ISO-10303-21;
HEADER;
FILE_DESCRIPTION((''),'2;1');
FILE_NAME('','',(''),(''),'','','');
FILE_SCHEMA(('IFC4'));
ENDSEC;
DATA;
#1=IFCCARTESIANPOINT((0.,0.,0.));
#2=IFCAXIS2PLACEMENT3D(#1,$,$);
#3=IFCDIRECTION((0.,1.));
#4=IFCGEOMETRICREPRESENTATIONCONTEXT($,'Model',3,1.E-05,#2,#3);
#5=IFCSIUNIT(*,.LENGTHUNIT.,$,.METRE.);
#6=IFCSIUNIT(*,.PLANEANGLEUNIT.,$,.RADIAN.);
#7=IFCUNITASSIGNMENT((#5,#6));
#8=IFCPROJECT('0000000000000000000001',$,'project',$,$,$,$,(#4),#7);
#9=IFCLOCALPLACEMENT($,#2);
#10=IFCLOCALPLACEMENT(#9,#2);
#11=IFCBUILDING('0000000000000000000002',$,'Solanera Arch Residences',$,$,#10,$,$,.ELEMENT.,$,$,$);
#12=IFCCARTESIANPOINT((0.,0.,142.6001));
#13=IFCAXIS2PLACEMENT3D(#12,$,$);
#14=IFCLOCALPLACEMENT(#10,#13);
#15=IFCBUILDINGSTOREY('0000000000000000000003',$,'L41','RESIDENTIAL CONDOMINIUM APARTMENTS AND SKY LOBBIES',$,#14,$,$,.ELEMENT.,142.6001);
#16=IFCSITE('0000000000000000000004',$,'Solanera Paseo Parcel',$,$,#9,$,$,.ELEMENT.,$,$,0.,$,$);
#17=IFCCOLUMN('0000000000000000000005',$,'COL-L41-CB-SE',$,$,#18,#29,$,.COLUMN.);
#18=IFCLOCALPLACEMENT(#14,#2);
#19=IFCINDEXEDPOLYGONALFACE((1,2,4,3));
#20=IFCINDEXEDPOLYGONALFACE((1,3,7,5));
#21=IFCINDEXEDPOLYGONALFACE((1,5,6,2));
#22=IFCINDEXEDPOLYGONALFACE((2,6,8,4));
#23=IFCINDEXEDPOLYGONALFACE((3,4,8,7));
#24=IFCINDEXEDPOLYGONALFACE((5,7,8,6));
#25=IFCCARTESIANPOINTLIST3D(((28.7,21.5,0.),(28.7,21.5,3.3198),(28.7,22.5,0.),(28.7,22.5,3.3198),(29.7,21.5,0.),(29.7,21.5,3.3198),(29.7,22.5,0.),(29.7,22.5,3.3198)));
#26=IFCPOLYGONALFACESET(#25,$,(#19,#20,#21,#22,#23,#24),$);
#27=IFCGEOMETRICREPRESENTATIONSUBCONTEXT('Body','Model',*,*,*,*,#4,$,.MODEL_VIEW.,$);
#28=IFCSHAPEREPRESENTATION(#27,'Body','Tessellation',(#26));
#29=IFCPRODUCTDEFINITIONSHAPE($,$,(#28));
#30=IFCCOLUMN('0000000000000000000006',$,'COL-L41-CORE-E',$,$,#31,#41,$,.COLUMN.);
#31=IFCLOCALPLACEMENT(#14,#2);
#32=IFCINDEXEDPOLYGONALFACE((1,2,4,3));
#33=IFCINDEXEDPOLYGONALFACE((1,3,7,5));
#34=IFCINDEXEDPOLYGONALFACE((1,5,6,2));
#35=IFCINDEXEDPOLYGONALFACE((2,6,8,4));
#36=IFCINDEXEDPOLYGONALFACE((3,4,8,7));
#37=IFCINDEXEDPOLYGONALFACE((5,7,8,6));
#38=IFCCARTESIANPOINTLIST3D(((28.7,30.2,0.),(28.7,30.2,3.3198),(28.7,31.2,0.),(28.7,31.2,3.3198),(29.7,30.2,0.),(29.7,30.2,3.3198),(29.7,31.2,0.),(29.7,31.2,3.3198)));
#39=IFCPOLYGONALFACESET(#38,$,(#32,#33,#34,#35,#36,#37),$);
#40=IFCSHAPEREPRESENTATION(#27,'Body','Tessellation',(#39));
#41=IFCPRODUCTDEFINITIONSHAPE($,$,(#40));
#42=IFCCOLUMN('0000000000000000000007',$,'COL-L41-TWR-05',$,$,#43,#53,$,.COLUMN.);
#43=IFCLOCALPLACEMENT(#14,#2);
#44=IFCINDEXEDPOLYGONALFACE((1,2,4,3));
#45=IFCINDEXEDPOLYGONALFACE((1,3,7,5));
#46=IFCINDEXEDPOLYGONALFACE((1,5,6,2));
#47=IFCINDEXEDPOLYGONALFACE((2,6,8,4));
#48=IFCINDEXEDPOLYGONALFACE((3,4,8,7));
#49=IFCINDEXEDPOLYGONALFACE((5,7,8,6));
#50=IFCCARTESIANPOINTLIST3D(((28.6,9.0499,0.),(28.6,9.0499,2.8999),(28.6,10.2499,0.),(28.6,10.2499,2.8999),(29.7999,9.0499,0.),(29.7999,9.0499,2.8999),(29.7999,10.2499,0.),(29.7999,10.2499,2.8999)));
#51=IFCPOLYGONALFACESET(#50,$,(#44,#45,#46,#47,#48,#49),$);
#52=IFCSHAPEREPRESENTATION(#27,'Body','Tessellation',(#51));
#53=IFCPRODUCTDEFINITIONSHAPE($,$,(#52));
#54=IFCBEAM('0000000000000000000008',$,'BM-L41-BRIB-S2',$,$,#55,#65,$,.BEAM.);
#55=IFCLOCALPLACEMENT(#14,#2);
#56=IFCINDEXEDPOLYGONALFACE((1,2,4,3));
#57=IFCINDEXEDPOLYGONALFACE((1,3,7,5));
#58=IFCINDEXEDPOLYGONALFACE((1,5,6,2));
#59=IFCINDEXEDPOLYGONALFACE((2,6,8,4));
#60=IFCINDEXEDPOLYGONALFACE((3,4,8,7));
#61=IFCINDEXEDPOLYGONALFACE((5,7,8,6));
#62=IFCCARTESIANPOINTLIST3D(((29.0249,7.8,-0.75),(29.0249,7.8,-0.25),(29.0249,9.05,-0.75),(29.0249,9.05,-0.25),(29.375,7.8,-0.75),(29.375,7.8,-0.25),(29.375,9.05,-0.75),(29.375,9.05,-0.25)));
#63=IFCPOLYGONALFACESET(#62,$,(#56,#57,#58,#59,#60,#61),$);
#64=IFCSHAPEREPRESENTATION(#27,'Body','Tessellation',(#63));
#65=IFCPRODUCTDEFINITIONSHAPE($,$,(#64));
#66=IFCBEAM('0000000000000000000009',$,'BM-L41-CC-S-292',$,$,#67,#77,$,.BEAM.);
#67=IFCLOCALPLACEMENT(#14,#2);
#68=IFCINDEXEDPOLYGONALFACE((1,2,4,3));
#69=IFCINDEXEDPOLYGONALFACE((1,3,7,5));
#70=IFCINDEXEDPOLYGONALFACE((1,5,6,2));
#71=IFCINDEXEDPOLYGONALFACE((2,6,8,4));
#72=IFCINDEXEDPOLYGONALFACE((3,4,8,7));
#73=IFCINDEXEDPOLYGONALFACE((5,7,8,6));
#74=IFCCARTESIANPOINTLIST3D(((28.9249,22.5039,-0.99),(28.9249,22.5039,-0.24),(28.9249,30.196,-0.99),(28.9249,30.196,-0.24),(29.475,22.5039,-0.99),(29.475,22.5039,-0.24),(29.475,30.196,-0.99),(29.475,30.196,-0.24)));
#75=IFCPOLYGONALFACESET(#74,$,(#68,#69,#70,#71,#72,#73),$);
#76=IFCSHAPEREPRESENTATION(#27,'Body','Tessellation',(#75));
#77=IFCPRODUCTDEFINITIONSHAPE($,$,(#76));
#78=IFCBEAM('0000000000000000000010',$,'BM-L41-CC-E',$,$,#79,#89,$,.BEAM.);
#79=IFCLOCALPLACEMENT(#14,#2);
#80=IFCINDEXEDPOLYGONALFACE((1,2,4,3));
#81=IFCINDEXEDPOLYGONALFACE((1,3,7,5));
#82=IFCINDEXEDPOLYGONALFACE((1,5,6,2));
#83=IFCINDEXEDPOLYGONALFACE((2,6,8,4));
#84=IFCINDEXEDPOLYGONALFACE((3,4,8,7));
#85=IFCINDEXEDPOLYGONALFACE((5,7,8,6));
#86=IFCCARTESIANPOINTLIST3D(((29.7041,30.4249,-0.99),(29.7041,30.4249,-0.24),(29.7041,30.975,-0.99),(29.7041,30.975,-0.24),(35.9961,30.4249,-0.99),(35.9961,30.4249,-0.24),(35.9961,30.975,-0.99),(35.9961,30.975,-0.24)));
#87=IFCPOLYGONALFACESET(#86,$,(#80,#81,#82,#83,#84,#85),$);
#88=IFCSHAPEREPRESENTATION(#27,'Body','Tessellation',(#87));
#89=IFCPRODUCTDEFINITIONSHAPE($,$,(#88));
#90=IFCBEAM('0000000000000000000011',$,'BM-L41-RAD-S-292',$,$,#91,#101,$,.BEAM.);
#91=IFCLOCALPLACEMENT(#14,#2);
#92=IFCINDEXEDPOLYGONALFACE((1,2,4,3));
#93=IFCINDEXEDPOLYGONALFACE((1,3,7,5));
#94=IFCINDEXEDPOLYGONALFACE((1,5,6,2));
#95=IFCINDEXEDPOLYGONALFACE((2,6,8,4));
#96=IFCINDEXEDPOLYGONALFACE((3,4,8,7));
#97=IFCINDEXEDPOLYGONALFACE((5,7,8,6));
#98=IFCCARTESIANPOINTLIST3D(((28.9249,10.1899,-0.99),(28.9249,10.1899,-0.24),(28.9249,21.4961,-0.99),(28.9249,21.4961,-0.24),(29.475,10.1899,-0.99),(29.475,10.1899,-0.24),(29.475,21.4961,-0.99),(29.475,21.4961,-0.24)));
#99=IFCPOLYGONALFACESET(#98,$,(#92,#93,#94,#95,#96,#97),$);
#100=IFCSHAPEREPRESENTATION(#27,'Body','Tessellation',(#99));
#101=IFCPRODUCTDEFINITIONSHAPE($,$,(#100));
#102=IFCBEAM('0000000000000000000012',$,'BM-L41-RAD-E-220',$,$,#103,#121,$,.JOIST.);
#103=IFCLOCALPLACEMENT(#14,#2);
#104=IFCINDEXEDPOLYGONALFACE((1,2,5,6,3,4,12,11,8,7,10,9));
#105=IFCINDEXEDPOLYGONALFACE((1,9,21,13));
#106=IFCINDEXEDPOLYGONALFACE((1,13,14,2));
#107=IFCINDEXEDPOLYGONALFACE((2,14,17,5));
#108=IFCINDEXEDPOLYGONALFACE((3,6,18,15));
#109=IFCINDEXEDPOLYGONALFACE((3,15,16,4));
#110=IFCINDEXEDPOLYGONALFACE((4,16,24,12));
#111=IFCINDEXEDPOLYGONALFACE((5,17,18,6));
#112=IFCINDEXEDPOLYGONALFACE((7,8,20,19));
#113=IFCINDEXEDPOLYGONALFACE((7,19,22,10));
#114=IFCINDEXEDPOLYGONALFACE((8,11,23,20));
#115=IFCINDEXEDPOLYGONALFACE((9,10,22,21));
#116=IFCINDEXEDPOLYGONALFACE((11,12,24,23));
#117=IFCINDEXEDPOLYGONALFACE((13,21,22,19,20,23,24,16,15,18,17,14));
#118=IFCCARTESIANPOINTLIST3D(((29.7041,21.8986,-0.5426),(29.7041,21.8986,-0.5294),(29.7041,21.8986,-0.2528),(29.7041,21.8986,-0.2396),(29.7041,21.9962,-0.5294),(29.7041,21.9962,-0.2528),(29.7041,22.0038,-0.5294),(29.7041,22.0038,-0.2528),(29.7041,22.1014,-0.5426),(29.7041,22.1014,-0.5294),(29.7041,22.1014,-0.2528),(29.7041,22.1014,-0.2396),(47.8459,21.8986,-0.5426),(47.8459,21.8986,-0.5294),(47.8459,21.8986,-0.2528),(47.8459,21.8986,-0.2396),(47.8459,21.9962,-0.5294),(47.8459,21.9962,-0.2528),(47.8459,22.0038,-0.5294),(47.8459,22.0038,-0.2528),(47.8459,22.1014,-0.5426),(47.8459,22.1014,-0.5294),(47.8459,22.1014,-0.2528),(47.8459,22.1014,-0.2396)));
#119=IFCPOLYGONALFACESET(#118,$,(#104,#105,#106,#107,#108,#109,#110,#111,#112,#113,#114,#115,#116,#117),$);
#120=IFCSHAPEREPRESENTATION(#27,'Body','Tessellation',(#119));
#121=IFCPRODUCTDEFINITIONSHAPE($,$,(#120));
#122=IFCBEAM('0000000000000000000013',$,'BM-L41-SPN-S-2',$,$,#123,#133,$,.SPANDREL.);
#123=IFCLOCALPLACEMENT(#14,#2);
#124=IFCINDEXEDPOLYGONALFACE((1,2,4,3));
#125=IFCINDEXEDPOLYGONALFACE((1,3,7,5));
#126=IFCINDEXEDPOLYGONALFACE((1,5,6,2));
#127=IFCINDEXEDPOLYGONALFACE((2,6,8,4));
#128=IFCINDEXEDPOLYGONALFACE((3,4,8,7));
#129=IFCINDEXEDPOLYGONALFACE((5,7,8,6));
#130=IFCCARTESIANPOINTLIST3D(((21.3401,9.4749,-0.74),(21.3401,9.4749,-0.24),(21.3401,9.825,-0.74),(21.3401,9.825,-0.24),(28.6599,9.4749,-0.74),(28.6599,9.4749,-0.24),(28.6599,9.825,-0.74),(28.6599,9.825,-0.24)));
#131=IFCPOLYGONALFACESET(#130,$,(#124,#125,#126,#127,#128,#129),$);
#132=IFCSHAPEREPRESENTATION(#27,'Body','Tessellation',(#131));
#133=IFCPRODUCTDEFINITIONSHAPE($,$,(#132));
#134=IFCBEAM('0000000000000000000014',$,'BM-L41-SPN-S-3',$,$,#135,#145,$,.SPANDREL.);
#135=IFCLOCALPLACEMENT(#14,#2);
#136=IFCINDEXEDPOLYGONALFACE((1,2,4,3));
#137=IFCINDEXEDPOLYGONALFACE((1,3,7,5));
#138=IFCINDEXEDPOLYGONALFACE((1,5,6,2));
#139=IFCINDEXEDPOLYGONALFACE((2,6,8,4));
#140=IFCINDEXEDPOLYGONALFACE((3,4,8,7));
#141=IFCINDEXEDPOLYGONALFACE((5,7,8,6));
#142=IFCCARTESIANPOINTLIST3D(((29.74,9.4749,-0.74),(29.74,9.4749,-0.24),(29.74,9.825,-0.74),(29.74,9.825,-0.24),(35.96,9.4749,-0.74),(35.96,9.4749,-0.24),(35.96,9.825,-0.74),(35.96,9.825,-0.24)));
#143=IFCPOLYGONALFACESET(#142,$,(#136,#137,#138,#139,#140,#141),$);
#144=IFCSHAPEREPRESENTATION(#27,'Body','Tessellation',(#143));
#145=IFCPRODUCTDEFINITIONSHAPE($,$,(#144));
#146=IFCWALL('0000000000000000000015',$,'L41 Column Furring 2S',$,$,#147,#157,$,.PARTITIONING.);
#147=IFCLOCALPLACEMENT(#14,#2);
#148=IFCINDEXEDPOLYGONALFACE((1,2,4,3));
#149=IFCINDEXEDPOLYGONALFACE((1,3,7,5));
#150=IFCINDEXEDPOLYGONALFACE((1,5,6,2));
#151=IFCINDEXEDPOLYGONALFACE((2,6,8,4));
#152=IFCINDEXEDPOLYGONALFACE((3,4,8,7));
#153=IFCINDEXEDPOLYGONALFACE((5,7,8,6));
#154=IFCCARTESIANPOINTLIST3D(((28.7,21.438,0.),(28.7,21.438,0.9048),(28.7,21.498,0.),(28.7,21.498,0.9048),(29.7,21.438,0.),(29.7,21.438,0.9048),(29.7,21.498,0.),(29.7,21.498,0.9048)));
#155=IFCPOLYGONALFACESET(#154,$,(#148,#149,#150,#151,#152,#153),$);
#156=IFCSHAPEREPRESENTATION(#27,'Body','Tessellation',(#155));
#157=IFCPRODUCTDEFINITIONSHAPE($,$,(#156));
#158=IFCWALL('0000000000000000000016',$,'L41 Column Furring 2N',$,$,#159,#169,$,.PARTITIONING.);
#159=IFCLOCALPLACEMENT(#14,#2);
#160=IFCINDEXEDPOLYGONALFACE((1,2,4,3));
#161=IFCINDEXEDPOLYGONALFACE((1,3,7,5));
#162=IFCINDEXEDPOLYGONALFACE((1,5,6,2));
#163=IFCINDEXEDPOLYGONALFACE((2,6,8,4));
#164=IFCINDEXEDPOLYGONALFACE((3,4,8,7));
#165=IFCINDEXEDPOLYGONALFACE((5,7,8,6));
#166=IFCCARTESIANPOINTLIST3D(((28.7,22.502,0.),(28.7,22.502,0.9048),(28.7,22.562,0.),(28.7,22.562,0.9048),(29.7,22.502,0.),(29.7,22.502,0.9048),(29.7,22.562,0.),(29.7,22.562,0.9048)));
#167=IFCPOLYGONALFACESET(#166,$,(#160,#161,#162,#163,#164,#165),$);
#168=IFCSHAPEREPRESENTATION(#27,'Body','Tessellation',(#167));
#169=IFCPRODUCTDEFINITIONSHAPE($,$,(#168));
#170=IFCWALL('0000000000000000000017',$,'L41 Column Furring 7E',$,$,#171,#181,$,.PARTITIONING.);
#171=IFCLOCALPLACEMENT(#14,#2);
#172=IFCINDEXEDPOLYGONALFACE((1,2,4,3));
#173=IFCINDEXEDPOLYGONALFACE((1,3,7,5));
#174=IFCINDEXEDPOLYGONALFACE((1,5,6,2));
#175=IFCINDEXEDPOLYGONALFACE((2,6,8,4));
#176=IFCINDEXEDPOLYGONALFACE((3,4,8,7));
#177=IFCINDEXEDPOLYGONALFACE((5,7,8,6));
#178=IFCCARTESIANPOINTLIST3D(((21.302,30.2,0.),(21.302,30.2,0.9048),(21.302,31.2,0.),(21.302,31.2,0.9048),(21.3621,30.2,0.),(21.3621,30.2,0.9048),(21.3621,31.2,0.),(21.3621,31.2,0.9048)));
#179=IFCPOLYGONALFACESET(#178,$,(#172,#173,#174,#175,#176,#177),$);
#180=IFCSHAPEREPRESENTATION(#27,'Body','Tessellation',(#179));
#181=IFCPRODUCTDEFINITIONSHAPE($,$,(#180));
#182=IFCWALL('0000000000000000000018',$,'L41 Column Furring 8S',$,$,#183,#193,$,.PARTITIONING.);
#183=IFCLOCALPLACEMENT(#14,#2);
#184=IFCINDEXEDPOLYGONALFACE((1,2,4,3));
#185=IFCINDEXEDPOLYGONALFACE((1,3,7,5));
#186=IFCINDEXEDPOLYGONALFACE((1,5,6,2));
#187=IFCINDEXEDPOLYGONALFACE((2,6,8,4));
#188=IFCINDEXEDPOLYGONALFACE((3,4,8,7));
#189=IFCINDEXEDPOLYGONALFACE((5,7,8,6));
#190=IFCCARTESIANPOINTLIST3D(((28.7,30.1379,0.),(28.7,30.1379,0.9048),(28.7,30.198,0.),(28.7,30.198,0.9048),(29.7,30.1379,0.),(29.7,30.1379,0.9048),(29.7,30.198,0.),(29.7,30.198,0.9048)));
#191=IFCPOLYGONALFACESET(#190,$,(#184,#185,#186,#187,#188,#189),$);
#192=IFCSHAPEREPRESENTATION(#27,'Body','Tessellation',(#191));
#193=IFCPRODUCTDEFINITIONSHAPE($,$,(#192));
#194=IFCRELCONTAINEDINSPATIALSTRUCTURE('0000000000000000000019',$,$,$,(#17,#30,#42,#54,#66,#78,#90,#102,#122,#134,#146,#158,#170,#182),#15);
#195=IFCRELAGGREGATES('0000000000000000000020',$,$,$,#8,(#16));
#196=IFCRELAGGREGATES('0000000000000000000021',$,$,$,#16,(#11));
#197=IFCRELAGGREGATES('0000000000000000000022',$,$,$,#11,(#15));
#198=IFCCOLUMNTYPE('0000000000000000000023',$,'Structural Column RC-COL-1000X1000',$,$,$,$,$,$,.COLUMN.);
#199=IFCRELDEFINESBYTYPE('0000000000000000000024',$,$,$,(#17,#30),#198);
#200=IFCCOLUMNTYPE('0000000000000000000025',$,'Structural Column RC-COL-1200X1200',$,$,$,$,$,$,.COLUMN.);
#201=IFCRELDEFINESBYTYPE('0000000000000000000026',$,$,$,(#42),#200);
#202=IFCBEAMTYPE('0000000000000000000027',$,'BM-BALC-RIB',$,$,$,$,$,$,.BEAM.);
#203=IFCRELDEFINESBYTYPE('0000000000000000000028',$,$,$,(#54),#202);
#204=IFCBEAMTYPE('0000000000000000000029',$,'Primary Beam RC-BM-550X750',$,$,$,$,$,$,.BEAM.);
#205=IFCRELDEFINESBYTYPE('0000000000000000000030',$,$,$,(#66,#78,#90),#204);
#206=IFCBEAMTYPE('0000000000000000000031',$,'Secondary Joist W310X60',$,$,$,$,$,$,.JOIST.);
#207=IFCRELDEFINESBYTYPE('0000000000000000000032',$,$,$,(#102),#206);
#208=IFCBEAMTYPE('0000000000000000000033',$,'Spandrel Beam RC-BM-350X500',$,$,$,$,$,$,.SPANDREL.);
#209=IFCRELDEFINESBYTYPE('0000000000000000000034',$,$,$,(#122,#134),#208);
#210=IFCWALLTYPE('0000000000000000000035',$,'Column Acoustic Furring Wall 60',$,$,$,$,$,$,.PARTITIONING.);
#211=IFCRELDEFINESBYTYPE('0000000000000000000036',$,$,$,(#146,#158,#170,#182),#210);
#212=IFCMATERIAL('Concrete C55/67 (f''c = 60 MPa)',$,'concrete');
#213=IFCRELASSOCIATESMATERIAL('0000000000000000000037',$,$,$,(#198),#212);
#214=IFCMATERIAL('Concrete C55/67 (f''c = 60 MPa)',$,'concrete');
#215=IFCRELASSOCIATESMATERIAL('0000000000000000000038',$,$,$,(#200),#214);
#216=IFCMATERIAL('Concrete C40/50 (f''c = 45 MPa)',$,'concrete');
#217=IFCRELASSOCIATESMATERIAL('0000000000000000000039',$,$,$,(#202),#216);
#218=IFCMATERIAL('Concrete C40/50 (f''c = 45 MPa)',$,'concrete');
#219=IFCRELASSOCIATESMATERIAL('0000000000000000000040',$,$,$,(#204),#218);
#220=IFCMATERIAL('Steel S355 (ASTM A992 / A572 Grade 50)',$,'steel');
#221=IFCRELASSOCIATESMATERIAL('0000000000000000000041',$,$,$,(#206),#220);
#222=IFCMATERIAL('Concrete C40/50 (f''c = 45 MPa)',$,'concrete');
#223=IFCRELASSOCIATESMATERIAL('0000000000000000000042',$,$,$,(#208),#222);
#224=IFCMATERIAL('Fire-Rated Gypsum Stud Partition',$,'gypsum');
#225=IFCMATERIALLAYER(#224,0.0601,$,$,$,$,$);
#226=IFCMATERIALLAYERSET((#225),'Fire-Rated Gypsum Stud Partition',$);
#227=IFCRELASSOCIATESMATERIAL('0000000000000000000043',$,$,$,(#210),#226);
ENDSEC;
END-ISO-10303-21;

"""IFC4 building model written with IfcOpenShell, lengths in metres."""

from ifc_helpers import new_model, si_unit, direction, frame, frame_2d, origin, origin_2d, place, context, subcontext, project, spatial, rectangle, i_section, extrude, material, layer, layer_set, material_profile, profile_set, type_object, element, save


model = new_model("IFC4")

# Units and contexts
model_context = context("Model", 3, precision=1e-05, world=origin(), true_north=direction((0.0, 1.0)))
body_context = subcontext(model_context, "Body", "Model", "MODEL_VIEW")
ifc_project = project(units=[si_unit("LENGTHUNIT", "METRE"), si_unit("PLANEANGLEUNIT", "RADIAN")], contexts=[model_context])

# Site, building, storey
site_placement = place(None, origin())
site = spatial("IfcSite", under=ifc_project, at=site_placement, Name="Solanera Paseo Parcel", CompositionType="ELEMENT", RefElevation=0.0)
building_placement = place(site_placement, origin())
building = spatial("IfcBuilding", under=site, at=building_placement, Name="Solanera Arch Residences", CompositionType="ELEMENT")
storey_placement = place(building_placement, frame((0.0, 0.0, 142.6001)))
storey = spatial("IfcBuildingStorey", under=building, at=storey_placement, Name="L41", Description="RESIDENTIAL CONDOMINIUM APARTMENTS AND SKY LOBBIES", CompositionType="ELEMENT", Elevation=142.6001)

# Columns
ifc_material_1 = material(Name="Concrete C55/67 (f'c = 60 MPa)", Category="concrete")
ifc_material_profile_1 = material_profile(ifc_material_1, rectangle(XDim=1.0, YDim=1.0, at=origin_2d()))
ifc_profile_set_1 = profile_set([ifc_material_profile_1], Name="Concrete C55/67 (f'c = 60 MPa)")
column_type_1 = type_object("IfcColumnType", Name="Structural Column RC-COL-1000X1000", PredefinedType="COLUMN", material=ifc_profile_set_1)
for number, where, z_axis, x_axis, name in (
    (1, (29.2, 22.0, 0.0), (0.0, 0.0, 1.0), (1.0, 0.0, 0.0), "COL-L41-CB-SE"),
    (2, (29.2, 30.7, 0.0), (0.0, 0.0, 1.0), (1.0, 0.0, 0.0), "COL-L41-CORE-E"),
):
    element("IfcColumn", number, at=place(storey_placement, frame(where, z_axis=z_axis, x_axis=x_axis)), inside=storey, type_object=column_type_1, Name=name, PredefinedType="COLUMN", context=body_context, shape_type="SweptSolid", body=[
        extrude(rectangle(XDim=1.0, YDim=1.0, at=origin_2d()), origin(), (0.0, 0.0, 1.0), 3.3198),
    ])
ifc_material_2 = material(Name="Concrete C55/67 (f'c = 60 MPa)", Category="concrete")
ifc_material_profile_2 = material_profile(ifc_material_2, rectangle(XDim=1.2, YDim=1.2, at=origin_2d()))
ifc_profile_set_2 = profile_set([ifc_material_profile_2], Name="Concrete C55/67 (f'c = 60 MPa)")
column_type_2 = type_object("IfcColumnType", Name="Structural Column RC-COL-1200X1200", PredefinedType="COLUMN", material=ifc_profile_set_2)
column_placement = place(storey_placement, frame((29.2, 9.6499, 0.0), z_axis=(0.0, 0.0, 1.0), x_axis=(1.0, 0.0, 0.0)))
element("IfcColumn", 3, at=column_placement, inside=storey, type_object=column_type_2, Name="COL-L41-TWR-05", PredefinedType="COLUMN", context=body_context, shape_type="SweptSolid", body=[
    extrude(rectangle(XDim=1.2, YDim=1.2, at=origin_2d()), origin(), (0.0, 0.0, 1.0), 2.8999),
])

# Beams
ifc_material_3 = material(Name="Concrete C40/50 (f'c = 45 MPa)", Category="concrete")
ifc_material_profile_3 = material_profile(ifc_material_3, rectangle(XDim=0.3501, YDim=0.5, at=origin_2d()))
ifc_profile_set_3 = profile_set([ifc_material_profile_3], Name="Concrete C40/50 (f'c = 45 MPa)")
beam_type_1 = type_object("IfcBeamType", Name="BM-BALC-RIB", PredefinedType="BEAM", material=ifc_profile_set_3)
beam_1_placement = place(storey_placement, frame((29.2, 7.8, -0.5), z_axis=(0.0, 1.0, 0.0), x_axis=(-1.0, 0.0, 0.0)))
element("IfcBeam", 4, at=beam_1_placement, inside=storey, type_object=beam_type_1, Name="BM-L41-BRIB-S2", PredefinedType="BEAM", context=body_context, shape_type="SweptSolid", body=[
    extrude(rectangle(XDim=0.3501, YDim=0.5, at=origin_2d()), origin(), (0.0, 0.0, 1.0), 1.25),
])
ifc_material_4 = material(Name="Concrete C40/50 (f'c = 45 MPa)", Category="concrete")
ifc_material_profile_4 = material_profile(ifc_material_4, rectangle(XDim=0.55, YDim=0.75, at=origin_2d()))
ifc_profile_set_4 = profile_set([ifc_material_profile_4], Name="Concrete C40/50 (f'c = 45 MPa)")
beam_type_2 = type_object("IfcBeamType", Name="Primary Beam RC-BM-550X750", PredefinedType="BEAM", material=ifc_profile_set_4)
beam_2_placement = place(storey_placement, frame((29.2, 22.5039, -0.615), z_axis=(0.0, 1.0, 0.0), x_axis=(-1.0, 0.0, 0.0)))
element("IfcBeam", 5, at=beam_2_placement, inside=storey, type_object=beam_type_2, Name="BM-L41-CC-S-292", PredefinedType="BEAM", context=body_context, shape_type="SweptSolid", body=[
    extrude(rectangle(XDim=0.55, YDim=0.75, at=origin_2d()), origin(), (0.0, 0.0, 1.0), 7.6921),
])
beam_3_placement = place(storey_placement, frame((29.7041, 30.7, -0.615), z_axis=(1.0, 0.0, 0.0), x_axis=(0.0, 1.0, 0.0)))
element("IfcBeam", 6, at=beam_3_placement, inside=storey, type_object=beam_type_2, Name="BM-L41-CC-E", PredefinedType="BEAM", context=body_context, shape_type="SweptSolid", body=[
    extrude(rectangle(XDim=0.55, YDim=0.75, at=origin_2d()), origin(), (0.0, 0.0, 1.0), 6.292),
])
beam_4_placement = place(storey_placement, frame((29.2, 10.1899, -0.615), z_axis=(0.0, 1.0, 0.0), x_axis=(-1.0, 0.0, 0.0)))
element("IfcBeam", 7, at=beam_4_placement, inside=storey, type_object=beam_type_2, Name="BM-L41-RAD-S-292", PredefinedType="BEAM", context=body_context, shape_type="SweptSolid", body=[
    extrude(rectangle(XDim=0.55, YDim=0.75, at=origin_2d()), origin(), (0.0, 0.0, 1.0), 11.3062),
])
ifc_material_5 = material(Name="Steel S355 (ASTM A992 / A572 Grade 50)", Category="steel")
ifc_material_profile_5 = material_profile(ifc_material_5, i_section(OverallWidth=0.2029, OverallDepth=0.303, WebThickness=0.0076, FlangeThickness=0.0132, at=origin_2d()))
ifc_profile_set_5 = profile_set([ifc_material_profile_5], Name="Steel S355 (ASTM A992 / A572 Grade 50)")
beam_type_3 = type_object("IfcBeamType", Name="Secondary Joist W310X60", PredefinedType="JOIST", material=ifc_profile_set_5)
beam_5_placement = place(storey_placement, frame((29.7041, 22.0, -0.3911), z_axis=(1.0, 0.0, 0.0), x_axis=(0.0, 1.0, 0.0)))
element("IfcBeam", 8, at=beam_5_placement, inside=storey, type_object=beam_type_3, Name="BM-L41-RAD-E-220", PredefinedType="JOIST", context=body_context, shape_type="SweptSolid", body=[
    extrude(i_section(OverallWidth=0.2029, OverallDepth=0.303, WebThickness=0.0076, FlangeThickness=0.0132, at=origin_2d()), origin(), (0.0, 0.0, 1.0), 18.1418),
])
ifc_material_6 = material(Name="Concrete C40/50 (f'c = 45 MPa)", Category="concrete")
ifc_material_profile_6 = material_profile(ifc_material_6, rectangle(XDim=0.3501, YDim=0.5, at=origin_2d()))
ifc_profile_set_6 = profile_set([ifc_material_profile_6], Name="Concrete C40/50 (f'c = 45 MPa)")
beam_type_4 = type_object("IfcBeamType", Name="Spandrel Beam RC-BM-350X500", PredefinedType="SPANDREL", material=ifc_profile_set_6)
beam_6_placement = place(storey_placement, frame((21.3401, 9.6499, -0.49), z_axis=(1.0, 0.0, 0.0), x_axis=(0.0, 1.0, 0.0)))
element("IfcBeam", 9, at=beam_6_placement, inside=storey, type_object=beam_type_4, Name="BM-L41-SPN-S-2", PredefinedType="SPANDREL", context=body_context, shape_type="SweptSolid", body=[
    extrude(rectangle(XDim=0.3501, YDim=0.5, at=origin_2d()), origin(), (0.0, 0.0, 1.0), 7.3198),
])
beam_7_placement = place(storey_placement, frame((29.74, 9.6499, -0.49), z_axis=(1.0, 0.0, 0.0), x_axis=(0.0, 1.0, 0.0)))
element("IfcBeam", 10, at=beam_7_placement, inside=storey, type_object=beam_type_4, Name="BM-L41-SPN-S-3", PredefinedType="SPANDREL", context=body_context, shape_type="SweptSolid", body=[
    extrude(rectangle(XDim=0.3501, YDim=0.5, at=origin_2d()), origin(), (0.0, 0.0, 1.0), 6.22),
])

# Walls
ifc_material_7 = material(Name="Fire-Rated Gypsum Stud Partition", Category="gypsum")
ifc_layer_1 = layer(ifc_material_7, 0.0601)
ifc_layer_set_1 = layer_set([ifc_layer_1], Name="Fire-Rated Gypsum Stud Partition")
wall_type_1 = type_object("IfcWallType", Name="Column Acoustic Furring Wall 60", PredefinedType="PARTITIONING", material=ifc_layer_set_1)
for number, where, z_axis, x_axis, name in (
    (11, (28.7, 21.468, 0.0), (0.0, 0.0, 1.0), (1.0, 0.0, 0.0), "L41 Column Furring 2S"),
    (12, (28.7, 22.532, 0.0), (0.0, 0.0, 1.0), (1.0, 0.0, 0.0), "L41 Column Furring 2N"),
    (13, (21.332, 30.2, 0.0), (0.0, 0.0, 1.0), (0.0, 1.0, 0.0), "L41 Column Furring 7E"),
    (14, (28.7, 30.168, 0.0), (0.0, 0.0, 1.0), (1.0, 0.0, 0.0), "L41 Column Furring 8S"),
):
    element("IfcWall", number, at=place(storey_placement, frame(where, z_axis=z_axis, x_axis=x_axis)), inside=storey, type_object=wall_type_1, Name=name, PredefinedType="PARTITIONING", context=body_context, shape_type="SweptSolid", body=[
        extrude(rectangle(XDim=1.0, YDim=0.0601, at=frame_2d((0.5, 0.0))), origin(), (0.0, 0.0, 1.0), 0.9048),
    ])

save(model, "model.ifc")
